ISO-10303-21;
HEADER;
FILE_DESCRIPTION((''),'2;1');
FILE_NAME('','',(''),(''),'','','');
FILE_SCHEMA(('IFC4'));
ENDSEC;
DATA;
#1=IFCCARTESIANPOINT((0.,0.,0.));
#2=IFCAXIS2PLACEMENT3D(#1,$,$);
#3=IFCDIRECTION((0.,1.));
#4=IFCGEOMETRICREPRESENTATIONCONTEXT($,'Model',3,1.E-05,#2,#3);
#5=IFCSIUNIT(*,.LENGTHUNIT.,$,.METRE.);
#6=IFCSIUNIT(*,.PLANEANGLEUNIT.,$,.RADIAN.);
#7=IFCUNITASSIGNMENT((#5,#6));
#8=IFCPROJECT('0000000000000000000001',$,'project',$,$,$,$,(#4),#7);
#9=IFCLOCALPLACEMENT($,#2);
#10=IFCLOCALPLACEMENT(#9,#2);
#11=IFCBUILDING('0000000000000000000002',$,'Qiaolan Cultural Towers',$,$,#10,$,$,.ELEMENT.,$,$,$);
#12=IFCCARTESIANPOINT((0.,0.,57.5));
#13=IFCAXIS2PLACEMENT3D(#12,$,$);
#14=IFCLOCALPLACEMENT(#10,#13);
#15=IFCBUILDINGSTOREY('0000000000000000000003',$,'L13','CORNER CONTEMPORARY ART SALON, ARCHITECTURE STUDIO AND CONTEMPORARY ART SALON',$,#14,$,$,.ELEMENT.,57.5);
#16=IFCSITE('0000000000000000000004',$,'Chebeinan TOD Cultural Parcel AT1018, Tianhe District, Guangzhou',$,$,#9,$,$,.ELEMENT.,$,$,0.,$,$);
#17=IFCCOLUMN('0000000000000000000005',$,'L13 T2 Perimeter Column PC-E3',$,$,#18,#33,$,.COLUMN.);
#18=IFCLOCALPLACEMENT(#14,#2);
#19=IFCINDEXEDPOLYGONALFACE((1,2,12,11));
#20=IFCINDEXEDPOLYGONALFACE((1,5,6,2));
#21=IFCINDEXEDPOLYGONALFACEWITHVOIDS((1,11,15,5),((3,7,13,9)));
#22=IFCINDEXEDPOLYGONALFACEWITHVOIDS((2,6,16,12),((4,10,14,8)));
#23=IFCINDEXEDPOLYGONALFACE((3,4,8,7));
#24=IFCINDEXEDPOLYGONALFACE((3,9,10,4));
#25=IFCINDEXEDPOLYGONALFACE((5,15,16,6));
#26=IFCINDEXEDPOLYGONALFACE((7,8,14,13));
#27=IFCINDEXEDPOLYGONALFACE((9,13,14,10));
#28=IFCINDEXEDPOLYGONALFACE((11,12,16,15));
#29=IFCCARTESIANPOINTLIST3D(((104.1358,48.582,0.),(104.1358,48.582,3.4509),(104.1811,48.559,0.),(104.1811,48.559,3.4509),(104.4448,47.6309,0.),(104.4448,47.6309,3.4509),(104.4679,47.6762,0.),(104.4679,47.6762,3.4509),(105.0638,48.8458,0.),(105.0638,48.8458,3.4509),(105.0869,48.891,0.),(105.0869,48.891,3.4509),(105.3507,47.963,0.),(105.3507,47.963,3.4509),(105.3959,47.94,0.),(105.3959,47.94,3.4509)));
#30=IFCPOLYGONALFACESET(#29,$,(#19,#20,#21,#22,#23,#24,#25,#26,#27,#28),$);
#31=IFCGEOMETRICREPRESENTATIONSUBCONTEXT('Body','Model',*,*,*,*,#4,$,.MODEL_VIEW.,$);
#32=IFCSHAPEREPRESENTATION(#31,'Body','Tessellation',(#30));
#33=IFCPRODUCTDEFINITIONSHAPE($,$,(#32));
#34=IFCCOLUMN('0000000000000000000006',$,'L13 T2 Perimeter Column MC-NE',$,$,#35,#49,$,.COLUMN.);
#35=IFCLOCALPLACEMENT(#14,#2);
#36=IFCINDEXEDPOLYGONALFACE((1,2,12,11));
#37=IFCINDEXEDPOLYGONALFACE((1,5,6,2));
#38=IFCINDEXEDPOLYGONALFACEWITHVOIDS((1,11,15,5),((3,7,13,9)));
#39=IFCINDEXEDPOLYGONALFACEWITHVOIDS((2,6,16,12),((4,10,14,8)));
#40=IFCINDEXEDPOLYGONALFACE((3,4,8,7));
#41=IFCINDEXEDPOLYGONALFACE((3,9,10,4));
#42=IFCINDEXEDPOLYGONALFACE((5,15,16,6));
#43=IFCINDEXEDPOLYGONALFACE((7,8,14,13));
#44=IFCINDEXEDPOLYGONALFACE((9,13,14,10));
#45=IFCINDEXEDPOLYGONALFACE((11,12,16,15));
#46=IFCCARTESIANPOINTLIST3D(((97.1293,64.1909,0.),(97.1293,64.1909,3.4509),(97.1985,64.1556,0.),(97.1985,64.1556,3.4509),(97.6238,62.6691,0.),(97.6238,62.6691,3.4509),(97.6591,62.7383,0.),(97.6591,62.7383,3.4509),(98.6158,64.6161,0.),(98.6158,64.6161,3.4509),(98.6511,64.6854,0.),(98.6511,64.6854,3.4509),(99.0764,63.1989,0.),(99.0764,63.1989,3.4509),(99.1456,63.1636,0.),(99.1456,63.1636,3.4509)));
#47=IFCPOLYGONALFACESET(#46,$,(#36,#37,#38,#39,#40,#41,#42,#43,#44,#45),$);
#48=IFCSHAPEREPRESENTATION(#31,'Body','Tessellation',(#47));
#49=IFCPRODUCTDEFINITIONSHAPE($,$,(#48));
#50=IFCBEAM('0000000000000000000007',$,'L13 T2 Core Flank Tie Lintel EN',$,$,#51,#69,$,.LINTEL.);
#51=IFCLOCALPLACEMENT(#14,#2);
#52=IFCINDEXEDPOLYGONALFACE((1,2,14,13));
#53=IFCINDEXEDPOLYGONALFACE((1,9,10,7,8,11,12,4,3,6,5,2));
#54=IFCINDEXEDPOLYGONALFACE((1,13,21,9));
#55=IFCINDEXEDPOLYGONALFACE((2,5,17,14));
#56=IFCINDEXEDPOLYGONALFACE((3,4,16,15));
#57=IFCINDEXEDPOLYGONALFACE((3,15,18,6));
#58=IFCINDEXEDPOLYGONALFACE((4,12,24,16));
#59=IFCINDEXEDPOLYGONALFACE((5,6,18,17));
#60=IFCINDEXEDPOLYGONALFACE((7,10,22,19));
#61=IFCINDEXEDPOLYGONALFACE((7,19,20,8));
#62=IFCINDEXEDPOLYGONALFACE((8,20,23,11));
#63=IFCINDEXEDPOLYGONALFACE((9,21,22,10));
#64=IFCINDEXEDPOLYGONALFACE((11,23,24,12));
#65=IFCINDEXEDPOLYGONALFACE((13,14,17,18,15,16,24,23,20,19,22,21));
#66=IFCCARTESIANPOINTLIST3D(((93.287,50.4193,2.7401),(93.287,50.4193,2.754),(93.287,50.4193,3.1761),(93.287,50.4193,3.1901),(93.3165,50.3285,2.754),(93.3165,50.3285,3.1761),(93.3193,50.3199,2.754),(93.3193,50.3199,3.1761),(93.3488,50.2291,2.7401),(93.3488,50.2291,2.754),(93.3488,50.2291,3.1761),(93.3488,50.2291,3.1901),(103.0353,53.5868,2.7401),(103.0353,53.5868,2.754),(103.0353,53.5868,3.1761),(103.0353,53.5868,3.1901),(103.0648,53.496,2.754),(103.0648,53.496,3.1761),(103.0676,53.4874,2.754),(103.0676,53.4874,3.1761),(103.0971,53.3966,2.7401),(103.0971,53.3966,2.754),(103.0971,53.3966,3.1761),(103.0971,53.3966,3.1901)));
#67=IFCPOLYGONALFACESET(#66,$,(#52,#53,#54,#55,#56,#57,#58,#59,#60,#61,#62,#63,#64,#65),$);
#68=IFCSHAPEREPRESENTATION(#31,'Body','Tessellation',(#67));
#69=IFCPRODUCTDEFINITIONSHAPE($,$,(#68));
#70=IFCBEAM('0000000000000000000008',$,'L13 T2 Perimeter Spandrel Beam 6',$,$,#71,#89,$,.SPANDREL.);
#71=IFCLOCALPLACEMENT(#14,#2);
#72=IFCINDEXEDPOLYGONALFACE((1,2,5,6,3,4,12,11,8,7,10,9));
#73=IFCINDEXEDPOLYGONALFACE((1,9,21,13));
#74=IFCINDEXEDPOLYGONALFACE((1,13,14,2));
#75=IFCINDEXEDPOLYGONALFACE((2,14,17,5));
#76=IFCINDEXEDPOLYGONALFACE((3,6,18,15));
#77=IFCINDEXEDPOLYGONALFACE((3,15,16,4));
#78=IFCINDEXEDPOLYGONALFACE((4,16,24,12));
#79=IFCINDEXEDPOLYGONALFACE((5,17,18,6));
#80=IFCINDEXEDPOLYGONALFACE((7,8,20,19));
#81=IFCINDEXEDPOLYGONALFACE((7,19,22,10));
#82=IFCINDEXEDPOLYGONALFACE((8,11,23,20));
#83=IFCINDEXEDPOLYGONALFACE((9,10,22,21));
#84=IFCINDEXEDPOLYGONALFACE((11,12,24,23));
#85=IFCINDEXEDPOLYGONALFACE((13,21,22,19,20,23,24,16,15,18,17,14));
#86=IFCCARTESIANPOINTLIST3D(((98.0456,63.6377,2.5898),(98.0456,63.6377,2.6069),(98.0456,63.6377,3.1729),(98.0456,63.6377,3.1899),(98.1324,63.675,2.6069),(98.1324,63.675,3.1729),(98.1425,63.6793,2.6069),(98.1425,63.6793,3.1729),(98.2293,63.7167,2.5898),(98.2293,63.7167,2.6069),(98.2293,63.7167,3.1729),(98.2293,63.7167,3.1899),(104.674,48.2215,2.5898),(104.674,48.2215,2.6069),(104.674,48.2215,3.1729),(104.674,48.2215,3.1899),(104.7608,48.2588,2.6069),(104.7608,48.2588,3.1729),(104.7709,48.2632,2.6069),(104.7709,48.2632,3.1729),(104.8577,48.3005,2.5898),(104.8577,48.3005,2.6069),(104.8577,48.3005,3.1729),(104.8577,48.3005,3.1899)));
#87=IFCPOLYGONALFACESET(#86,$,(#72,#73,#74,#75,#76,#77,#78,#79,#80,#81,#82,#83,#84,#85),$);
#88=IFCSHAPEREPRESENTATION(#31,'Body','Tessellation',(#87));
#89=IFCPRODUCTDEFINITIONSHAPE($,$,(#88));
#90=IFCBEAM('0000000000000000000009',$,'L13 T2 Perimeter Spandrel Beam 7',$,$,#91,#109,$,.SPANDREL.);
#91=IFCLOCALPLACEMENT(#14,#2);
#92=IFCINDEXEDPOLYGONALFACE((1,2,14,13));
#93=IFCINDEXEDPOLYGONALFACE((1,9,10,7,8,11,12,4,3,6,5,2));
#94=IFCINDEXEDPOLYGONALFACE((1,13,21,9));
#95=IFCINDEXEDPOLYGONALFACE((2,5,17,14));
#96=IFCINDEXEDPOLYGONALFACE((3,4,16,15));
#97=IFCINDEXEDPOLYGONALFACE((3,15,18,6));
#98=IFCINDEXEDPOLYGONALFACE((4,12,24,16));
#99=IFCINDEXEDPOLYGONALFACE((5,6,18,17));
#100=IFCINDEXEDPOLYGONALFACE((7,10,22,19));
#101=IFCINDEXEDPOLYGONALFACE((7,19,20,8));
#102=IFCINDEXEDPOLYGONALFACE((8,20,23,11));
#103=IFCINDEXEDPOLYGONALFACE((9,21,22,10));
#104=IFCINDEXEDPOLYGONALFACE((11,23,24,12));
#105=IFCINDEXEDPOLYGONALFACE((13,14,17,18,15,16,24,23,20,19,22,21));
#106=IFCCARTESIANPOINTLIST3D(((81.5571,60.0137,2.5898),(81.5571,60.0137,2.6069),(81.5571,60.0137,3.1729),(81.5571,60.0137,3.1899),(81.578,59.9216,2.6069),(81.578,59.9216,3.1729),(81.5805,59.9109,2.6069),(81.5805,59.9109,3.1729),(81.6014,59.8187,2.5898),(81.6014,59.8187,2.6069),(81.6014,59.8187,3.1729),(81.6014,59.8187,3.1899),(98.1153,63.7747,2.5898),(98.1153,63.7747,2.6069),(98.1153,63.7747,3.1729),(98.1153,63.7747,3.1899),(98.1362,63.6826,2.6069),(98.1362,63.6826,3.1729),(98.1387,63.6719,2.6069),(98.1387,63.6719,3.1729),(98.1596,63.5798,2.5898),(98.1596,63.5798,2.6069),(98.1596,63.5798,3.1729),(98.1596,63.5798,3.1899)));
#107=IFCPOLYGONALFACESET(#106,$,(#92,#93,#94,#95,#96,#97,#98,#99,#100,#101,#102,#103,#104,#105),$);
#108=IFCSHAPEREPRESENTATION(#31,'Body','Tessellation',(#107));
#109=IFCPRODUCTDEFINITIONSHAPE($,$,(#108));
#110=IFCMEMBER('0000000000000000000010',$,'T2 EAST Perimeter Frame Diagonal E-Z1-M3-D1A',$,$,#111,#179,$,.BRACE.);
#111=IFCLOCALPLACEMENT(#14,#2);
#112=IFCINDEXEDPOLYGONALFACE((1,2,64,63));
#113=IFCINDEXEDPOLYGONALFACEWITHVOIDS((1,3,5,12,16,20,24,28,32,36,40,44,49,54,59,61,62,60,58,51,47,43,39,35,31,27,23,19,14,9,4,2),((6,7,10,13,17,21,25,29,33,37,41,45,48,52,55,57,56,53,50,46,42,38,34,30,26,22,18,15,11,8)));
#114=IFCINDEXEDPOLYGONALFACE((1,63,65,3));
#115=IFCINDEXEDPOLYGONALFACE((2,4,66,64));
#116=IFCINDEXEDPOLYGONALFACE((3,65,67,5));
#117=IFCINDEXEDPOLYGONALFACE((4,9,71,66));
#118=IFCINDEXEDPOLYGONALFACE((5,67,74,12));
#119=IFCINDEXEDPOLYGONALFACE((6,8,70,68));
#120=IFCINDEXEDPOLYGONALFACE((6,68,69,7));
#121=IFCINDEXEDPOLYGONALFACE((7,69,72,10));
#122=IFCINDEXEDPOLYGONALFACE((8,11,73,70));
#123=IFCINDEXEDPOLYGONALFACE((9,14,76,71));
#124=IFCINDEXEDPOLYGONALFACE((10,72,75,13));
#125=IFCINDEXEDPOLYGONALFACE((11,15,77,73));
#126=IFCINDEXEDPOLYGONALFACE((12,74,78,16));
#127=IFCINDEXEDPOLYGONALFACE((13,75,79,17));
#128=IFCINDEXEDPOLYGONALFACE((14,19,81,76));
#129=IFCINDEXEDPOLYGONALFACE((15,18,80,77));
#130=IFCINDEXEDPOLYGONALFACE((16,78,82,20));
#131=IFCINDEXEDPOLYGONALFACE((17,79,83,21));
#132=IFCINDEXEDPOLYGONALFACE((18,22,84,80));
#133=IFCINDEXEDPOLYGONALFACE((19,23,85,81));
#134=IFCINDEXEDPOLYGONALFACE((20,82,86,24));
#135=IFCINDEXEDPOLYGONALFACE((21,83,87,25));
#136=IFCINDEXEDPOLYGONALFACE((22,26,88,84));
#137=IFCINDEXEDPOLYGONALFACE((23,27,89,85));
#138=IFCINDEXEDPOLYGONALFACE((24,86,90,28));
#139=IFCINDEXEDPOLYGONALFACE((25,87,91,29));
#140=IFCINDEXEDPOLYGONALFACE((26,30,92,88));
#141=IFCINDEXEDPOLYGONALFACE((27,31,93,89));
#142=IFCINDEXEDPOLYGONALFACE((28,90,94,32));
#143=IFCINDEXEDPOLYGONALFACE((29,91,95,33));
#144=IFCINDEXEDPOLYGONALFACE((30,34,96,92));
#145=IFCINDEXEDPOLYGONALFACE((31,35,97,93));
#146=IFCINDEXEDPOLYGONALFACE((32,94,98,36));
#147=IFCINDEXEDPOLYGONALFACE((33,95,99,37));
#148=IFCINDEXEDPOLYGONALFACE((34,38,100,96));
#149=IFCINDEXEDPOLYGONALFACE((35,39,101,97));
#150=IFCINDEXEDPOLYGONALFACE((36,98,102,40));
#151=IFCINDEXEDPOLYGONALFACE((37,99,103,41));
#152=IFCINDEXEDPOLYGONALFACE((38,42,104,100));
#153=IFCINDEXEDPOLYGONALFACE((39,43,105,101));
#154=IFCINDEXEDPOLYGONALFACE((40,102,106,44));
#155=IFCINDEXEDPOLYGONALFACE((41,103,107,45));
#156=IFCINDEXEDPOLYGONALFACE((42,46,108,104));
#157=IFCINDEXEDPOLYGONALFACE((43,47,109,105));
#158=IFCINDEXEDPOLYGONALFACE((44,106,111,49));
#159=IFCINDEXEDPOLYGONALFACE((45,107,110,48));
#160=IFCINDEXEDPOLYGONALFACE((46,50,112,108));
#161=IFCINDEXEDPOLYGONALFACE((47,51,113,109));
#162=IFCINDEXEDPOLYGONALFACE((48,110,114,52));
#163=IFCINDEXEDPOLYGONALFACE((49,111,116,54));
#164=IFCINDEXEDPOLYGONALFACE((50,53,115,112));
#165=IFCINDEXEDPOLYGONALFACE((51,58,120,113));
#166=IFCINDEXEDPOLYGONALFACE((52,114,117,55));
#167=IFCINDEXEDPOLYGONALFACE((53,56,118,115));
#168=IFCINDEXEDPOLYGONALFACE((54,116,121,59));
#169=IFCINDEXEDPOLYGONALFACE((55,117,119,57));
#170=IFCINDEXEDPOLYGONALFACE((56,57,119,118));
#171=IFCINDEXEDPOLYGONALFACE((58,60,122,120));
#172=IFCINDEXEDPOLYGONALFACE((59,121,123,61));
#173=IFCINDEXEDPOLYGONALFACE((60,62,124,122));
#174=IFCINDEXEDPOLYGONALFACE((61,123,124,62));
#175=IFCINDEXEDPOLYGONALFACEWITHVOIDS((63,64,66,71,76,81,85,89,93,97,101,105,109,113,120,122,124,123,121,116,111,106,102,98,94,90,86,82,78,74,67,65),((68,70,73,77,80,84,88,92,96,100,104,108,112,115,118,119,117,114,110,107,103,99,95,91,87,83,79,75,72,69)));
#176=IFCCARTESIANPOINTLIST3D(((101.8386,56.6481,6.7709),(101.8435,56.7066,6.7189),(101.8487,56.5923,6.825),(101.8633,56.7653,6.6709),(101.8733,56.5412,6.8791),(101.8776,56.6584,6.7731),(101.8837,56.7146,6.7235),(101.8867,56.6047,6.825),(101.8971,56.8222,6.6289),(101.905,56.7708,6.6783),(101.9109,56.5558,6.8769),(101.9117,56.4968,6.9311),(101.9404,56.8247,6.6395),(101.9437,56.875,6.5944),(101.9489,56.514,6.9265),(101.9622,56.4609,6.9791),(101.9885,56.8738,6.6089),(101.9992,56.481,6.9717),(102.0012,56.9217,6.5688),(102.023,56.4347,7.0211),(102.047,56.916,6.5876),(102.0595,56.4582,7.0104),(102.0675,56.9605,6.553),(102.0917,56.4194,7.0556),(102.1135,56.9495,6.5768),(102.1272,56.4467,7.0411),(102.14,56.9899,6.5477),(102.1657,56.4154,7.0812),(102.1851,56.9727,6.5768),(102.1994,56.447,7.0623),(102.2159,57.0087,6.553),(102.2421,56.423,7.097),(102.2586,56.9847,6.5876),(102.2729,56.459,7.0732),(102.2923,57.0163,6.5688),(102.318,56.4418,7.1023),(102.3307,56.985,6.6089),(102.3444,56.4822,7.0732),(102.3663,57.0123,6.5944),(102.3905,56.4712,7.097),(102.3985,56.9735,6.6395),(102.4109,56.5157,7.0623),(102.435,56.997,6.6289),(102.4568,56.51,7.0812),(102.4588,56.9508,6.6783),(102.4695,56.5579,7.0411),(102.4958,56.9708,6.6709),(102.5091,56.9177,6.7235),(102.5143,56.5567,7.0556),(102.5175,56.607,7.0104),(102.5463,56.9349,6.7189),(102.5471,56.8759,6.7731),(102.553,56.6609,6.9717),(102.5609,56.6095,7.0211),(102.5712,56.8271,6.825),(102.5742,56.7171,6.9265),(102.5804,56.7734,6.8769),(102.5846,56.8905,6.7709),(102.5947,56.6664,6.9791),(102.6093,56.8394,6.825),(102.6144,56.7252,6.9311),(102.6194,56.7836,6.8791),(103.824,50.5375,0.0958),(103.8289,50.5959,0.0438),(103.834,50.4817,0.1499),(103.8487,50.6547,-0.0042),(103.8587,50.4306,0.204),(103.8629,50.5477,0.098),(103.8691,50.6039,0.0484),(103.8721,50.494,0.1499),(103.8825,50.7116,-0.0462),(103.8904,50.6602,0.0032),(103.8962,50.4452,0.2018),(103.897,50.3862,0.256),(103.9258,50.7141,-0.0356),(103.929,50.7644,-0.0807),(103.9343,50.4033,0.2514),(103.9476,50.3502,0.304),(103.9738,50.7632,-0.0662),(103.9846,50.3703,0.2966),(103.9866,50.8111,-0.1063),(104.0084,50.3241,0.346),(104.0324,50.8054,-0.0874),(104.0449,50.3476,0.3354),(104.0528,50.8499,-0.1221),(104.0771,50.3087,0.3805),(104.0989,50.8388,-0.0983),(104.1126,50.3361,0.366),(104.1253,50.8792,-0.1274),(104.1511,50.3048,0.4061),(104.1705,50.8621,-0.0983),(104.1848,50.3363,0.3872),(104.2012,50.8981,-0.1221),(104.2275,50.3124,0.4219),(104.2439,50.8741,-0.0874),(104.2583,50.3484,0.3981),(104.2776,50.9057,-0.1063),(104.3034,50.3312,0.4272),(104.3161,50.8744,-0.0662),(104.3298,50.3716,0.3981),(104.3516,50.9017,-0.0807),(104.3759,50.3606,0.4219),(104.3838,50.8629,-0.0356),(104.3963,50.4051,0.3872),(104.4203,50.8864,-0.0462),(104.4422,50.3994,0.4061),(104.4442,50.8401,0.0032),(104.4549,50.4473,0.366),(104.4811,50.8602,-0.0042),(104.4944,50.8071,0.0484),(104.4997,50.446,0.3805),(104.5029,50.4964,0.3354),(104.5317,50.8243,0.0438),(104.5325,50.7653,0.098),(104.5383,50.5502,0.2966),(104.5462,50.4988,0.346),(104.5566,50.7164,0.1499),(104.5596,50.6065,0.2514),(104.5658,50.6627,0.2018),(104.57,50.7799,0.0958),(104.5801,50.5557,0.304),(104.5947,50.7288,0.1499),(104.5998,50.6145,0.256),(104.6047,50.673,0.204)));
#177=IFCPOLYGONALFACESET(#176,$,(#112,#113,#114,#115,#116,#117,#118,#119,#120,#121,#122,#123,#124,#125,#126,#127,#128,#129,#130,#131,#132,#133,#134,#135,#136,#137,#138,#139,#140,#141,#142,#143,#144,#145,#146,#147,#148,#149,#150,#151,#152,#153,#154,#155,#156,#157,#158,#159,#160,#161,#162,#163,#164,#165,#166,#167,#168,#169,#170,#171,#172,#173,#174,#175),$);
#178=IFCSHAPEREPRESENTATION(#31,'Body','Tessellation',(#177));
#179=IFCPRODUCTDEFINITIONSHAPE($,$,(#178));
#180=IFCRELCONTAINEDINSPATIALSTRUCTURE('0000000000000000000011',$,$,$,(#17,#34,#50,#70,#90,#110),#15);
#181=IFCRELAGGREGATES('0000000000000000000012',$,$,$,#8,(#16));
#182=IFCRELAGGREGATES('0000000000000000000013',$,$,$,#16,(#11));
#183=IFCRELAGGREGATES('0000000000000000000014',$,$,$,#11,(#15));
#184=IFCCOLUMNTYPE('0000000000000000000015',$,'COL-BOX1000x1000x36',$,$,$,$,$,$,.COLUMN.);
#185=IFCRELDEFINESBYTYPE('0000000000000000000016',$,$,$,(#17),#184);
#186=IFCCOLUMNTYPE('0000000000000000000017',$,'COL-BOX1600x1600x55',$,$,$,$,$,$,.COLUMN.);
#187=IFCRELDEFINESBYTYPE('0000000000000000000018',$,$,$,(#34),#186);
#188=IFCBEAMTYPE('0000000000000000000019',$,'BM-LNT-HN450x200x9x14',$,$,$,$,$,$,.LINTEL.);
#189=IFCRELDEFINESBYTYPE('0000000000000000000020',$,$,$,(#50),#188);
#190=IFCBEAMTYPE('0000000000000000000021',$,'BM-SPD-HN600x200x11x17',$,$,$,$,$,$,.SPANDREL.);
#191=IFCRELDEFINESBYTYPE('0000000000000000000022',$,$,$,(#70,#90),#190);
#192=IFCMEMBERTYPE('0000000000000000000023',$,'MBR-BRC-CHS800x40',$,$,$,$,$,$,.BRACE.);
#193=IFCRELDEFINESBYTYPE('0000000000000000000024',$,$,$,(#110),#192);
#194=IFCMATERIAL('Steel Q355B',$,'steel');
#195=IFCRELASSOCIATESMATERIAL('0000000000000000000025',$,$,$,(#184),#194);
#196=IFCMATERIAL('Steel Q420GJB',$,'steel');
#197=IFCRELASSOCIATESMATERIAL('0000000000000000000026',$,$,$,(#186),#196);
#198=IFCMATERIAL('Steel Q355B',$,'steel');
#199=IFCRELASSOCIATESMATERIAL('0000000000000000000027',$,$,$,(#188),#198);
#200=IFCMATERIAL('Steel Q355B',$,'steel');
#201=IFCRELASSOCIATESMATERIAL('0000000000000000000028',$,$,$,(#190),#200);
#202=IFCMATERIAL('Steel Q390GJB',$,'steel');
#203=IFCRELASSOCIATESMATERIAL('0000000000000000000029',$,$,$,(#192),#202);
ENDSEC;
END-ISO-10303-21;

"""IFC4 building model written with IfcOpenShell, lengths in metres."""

from ifc_helpers import new_model, si_unit, direction, frame, origin, origin_2d, place, context, subcontext, project, spatial, hollow_rectangle, hollow_circle, i_section, extrude, material, material_profile, profile_set, type_object, element, save


model = new_model("IFC4")

# Units and contexts
model_context = context("Model", 3, precision=1e-05, world=origin(), true_north=direction((0.0, 1.0)))
body_context = subcontext(model_context, "Body", "Model", "MODEL_VIEW")
ifc_project = project(units=[si_unit("LENGTHUNIT", "METRE"), si_unit("PLANEANGLEUNIT", "RADIAN")], contexts=[model_context])

# Site, building, storey
site_placement = place(None, origin())
site = spatial("IfcSite", under=ifc_project, at=site_placement, Name="Chebeinan TOD Cultural Parcel AT1018, Tianhe District, Guangzhou", CompositionType="ELEMENT", RefElevation=0.0)
building_placement = place(site_placement, origin())
building = spatial("IfcBuilding", under=site, at=building_placement, Name="Qiaolan Cultural Towers", CompositionType="ELEMENT")
storey_placement = place(building_placement, frame((0.0, 0.0, 57.5)))
storey = spatial("IfcBuildingStorey", under=building, at=storey_placement, Name="L13", Description="CORNER CONTEMPORARY ART SALON, ARCHITECTURE STUDIO AND CONTEMPORARY ART SALON", CompositionType="ELEMENT", Elevation=57.5)

# Columns
ifc_material_1 = material(Name="Steel Q355B", Category="steel")
ifc_material_profile_1 = material_profile(ifc_material_1, hollow_rectangle(XDim=1.0, YDim=1.0, WallThickness=0.0359, at=origin_2d()), Name="BOX1000x1000x36")
ifc_profile_set_1 = profile_set([ifc_material_profile_1], Name="Steel Q355B")
column_type_1 = type_object("IfcColumnType", Name="COL-BOX1000x1000x36", PredefinedType="COLUMN", material=ifc_profile_set_1)
column_1_placement = place(storey_placement, frame((104.7659, 48.261, 0.0), z_axis=(0.0, 0.0, 1.0), x_axis=(0.951057, 0.309017, 0.0)))
element("IfcColumn", 1, at=column_1_placement, inside=storey, type_object=column_type_1, Name="L13 T2 Perimeter Column PC-E3", PredefinedType="COLUMN", context=body_context, shape_type="SweptSolid", body=[
    extrude(hollow_rectangle(XDim=1.0, YDim=1.0, WallThickness=0.0359, at=origin_2d()), origin(), (0.0, 0.0, 1.0), 3.4509),
])
ifc_material_2 = material(Name="Steel Q420GJB", Category="steel")
ifc_material_profile_2 = material_profile(ifc_material_2, hollow_rectangle(XDim=1.6001, YDim=1.6001, WallThickness=0.0549, at=origin_2d()), Name="BOX1600x1600x55")
ifc_profile_set_2 = profile_set([ifc_material_profile_2], Name="Steel Q420GJB")
column_type_2 = type_object("IfcColumnType", Name="COL-BOX1600x1600x55", PredefinedType="COLUMN", material=ifc_profile_set_2)
column_2_placement = place(storey_placement, frame((98.1375, 63.6772, 0.0), z_axis=(0.0, 0.0, 1.0), x_axis=(0.951057, 0.309017, 0.0)))
element("IfcColumn", 2, at=column_2_placement, inside=storey, type_object=column_type_2, Name="L13 T2 Perimeter Column MC-NE", PredefinedType="COLUMN", context=body_context, shape_type="SweptSolid", body=[
    extrude(hollow_rectangle(XDim=1.6001, YDim=1.6001, WallThickness=0.0549, at=origin_2d()), origin(), (0.0, 0.0, 1.0), 3.4509),
])

# Beams
ifc_material_3 = material(Name="Steel Q355B", Category="steel")
ifc_material_profile_3 = material_profile(ifc_material_3, i_section(OverallWidth=0.2, OverallDepth=0.45, WebThickness=0.009, FlangeThickness=0.0139, at=origin_2d()), Name="HN450x200x9x14")
ifc_profile_set_3 = profile_set([ifc_material_profile_3], Name="Steel Q355B")
beam_type_1 = type_object("IfcBeamType", Name="BM-LNT-HN450x200x9x14", PredefinedType="LINTEL", material=ifc_profile_set_3)
beam_1_placement = place(storey_placement, frame((93.3179, 50.3242, 2.9651), z_axis=(0.951055, 0.309023, 0.0), x_axis=(-0.309023, 0.951055, 0.0)))
element("IfcBeam", 3, at=beam_1_placement, inside=storey, type_object=beam_type_1, Name="L13 T2 Core Flank Tie Lintel EN", PredefinedType="LINTEL", context=body_context, shape_type="SweptSolid", body=[
    extrude(i_section(OverallWidth=0.2, OverallDepth=0.45, WebThickness=0.009, FlangeThickness=0.0139, at=origin_2d()), origin(), (0.0, 0.0, 1.0), 10.25),
])
ifc_material_4 = material(Name="Steel Q355B", Category="steel")
ifc_material_profile_4 = material_profile(ifc_material_4, i_section(OverallWidth=0.2, OverallDepth=0.6001, WebThickness=0.011, FlangeThickness=0.0171, at=origin_2d()), Name="HN600x200x11x17")
ifc_profile_set_4 = profile_set([ifc_material_profile_4], Name="Steel Q355B")
beam_type_2 = type_object("IfcBeamType", Name="BM-SPD-HN600x200x11x17", PredefinedType="SPANDREL", material=ifc_profile_set_4)
beam_2_placement = place(storey_placement, frame((104.7659, 48.261, 2.8899), z_axis=(-0.394999, 0.918682, 0.0), x_axis=(-0.918682, -0.394999, 0.0)))
element("IfcBeam", 4, at=beam_2_placement, inside=storey, type_object=beam_type_2, Name="L13 T2 Perimeter Spandrel Beam 6", PredefinedType="SPANDREL", context=body_context, shape_type="SweptSolid", body=[
    extrude(i_section(OverallWidth=0.2, OverallDepth=0.6001, WebThickness=0.011, FlangeThickness=0.0171, at=origin_2d()), origin(), (0.0, 0.0, 1.0), 16.7808),
])
beam_3_placement = place(storey_placement, frame((98.1375, 63.6772, 2.8899), z_axis=(-0.975161, -0.221497, 0.0), x_axis=(0.221497, -0.975161, 0.0)))
element("IfcBeam", 5, at=beam_3_placement, inside=storey, type_object=beam_type_2, Name="L13 T2 Perimeter Spandrel Beam 7", PredefinedType="SPANDREL", context=body_context, shape_type="SweptSolid", body=[
    extrude(i_section(OverallWidth=0.2, OverallDepth=0.6001, WebThickness=0.011, FlangeThickness=0.0171, at=origin_2d()), origin(), (0.0, 0.0, 1.0), 16.98),
])

# Member
ifc_material_5 = material(Name="Steel Q390GJB", Category="steel")
ifc_material_profile_5 = material_profile(ifc_material_5, hollow_circle(Radius=0.3999, WallThickness=0.04, at=origin_2d()), Name="CHS800x40")
ifc_profile_set_5 = profile_set([ifc_material_profile_5], Name="Steel Q390GJB")
member_type = type_object("IfcMemberType", Name="MBR-BRC-CHS800x40", PredefinedType="BRACE", material=ifc_profile_set_5)
member_1_placement = place(storey_placement, frame((104.2144, 50.6052, 0.1499), z_axis=(-0.214289, 0.659547, 0.720471), x_axis=(-0.951061, -0.309003, 0.0)))
element("IfcMember", 6, at=member_1_placement, inside=storey, type_object=member_type, Name="T2 EAST Perimeter Frame Diagonal E-Z1-M3-D1A", PredefinedType="BRACE", context=body_context, shape_type="SweptSolid", body=[
    extrude(hollow_circle(Radius=0.3999, WallThickness=0.04, at=origin_2d()), origin(), (0.0, 0.0, 1.0), 9.2649),
])

save(model, "model.ifc")
